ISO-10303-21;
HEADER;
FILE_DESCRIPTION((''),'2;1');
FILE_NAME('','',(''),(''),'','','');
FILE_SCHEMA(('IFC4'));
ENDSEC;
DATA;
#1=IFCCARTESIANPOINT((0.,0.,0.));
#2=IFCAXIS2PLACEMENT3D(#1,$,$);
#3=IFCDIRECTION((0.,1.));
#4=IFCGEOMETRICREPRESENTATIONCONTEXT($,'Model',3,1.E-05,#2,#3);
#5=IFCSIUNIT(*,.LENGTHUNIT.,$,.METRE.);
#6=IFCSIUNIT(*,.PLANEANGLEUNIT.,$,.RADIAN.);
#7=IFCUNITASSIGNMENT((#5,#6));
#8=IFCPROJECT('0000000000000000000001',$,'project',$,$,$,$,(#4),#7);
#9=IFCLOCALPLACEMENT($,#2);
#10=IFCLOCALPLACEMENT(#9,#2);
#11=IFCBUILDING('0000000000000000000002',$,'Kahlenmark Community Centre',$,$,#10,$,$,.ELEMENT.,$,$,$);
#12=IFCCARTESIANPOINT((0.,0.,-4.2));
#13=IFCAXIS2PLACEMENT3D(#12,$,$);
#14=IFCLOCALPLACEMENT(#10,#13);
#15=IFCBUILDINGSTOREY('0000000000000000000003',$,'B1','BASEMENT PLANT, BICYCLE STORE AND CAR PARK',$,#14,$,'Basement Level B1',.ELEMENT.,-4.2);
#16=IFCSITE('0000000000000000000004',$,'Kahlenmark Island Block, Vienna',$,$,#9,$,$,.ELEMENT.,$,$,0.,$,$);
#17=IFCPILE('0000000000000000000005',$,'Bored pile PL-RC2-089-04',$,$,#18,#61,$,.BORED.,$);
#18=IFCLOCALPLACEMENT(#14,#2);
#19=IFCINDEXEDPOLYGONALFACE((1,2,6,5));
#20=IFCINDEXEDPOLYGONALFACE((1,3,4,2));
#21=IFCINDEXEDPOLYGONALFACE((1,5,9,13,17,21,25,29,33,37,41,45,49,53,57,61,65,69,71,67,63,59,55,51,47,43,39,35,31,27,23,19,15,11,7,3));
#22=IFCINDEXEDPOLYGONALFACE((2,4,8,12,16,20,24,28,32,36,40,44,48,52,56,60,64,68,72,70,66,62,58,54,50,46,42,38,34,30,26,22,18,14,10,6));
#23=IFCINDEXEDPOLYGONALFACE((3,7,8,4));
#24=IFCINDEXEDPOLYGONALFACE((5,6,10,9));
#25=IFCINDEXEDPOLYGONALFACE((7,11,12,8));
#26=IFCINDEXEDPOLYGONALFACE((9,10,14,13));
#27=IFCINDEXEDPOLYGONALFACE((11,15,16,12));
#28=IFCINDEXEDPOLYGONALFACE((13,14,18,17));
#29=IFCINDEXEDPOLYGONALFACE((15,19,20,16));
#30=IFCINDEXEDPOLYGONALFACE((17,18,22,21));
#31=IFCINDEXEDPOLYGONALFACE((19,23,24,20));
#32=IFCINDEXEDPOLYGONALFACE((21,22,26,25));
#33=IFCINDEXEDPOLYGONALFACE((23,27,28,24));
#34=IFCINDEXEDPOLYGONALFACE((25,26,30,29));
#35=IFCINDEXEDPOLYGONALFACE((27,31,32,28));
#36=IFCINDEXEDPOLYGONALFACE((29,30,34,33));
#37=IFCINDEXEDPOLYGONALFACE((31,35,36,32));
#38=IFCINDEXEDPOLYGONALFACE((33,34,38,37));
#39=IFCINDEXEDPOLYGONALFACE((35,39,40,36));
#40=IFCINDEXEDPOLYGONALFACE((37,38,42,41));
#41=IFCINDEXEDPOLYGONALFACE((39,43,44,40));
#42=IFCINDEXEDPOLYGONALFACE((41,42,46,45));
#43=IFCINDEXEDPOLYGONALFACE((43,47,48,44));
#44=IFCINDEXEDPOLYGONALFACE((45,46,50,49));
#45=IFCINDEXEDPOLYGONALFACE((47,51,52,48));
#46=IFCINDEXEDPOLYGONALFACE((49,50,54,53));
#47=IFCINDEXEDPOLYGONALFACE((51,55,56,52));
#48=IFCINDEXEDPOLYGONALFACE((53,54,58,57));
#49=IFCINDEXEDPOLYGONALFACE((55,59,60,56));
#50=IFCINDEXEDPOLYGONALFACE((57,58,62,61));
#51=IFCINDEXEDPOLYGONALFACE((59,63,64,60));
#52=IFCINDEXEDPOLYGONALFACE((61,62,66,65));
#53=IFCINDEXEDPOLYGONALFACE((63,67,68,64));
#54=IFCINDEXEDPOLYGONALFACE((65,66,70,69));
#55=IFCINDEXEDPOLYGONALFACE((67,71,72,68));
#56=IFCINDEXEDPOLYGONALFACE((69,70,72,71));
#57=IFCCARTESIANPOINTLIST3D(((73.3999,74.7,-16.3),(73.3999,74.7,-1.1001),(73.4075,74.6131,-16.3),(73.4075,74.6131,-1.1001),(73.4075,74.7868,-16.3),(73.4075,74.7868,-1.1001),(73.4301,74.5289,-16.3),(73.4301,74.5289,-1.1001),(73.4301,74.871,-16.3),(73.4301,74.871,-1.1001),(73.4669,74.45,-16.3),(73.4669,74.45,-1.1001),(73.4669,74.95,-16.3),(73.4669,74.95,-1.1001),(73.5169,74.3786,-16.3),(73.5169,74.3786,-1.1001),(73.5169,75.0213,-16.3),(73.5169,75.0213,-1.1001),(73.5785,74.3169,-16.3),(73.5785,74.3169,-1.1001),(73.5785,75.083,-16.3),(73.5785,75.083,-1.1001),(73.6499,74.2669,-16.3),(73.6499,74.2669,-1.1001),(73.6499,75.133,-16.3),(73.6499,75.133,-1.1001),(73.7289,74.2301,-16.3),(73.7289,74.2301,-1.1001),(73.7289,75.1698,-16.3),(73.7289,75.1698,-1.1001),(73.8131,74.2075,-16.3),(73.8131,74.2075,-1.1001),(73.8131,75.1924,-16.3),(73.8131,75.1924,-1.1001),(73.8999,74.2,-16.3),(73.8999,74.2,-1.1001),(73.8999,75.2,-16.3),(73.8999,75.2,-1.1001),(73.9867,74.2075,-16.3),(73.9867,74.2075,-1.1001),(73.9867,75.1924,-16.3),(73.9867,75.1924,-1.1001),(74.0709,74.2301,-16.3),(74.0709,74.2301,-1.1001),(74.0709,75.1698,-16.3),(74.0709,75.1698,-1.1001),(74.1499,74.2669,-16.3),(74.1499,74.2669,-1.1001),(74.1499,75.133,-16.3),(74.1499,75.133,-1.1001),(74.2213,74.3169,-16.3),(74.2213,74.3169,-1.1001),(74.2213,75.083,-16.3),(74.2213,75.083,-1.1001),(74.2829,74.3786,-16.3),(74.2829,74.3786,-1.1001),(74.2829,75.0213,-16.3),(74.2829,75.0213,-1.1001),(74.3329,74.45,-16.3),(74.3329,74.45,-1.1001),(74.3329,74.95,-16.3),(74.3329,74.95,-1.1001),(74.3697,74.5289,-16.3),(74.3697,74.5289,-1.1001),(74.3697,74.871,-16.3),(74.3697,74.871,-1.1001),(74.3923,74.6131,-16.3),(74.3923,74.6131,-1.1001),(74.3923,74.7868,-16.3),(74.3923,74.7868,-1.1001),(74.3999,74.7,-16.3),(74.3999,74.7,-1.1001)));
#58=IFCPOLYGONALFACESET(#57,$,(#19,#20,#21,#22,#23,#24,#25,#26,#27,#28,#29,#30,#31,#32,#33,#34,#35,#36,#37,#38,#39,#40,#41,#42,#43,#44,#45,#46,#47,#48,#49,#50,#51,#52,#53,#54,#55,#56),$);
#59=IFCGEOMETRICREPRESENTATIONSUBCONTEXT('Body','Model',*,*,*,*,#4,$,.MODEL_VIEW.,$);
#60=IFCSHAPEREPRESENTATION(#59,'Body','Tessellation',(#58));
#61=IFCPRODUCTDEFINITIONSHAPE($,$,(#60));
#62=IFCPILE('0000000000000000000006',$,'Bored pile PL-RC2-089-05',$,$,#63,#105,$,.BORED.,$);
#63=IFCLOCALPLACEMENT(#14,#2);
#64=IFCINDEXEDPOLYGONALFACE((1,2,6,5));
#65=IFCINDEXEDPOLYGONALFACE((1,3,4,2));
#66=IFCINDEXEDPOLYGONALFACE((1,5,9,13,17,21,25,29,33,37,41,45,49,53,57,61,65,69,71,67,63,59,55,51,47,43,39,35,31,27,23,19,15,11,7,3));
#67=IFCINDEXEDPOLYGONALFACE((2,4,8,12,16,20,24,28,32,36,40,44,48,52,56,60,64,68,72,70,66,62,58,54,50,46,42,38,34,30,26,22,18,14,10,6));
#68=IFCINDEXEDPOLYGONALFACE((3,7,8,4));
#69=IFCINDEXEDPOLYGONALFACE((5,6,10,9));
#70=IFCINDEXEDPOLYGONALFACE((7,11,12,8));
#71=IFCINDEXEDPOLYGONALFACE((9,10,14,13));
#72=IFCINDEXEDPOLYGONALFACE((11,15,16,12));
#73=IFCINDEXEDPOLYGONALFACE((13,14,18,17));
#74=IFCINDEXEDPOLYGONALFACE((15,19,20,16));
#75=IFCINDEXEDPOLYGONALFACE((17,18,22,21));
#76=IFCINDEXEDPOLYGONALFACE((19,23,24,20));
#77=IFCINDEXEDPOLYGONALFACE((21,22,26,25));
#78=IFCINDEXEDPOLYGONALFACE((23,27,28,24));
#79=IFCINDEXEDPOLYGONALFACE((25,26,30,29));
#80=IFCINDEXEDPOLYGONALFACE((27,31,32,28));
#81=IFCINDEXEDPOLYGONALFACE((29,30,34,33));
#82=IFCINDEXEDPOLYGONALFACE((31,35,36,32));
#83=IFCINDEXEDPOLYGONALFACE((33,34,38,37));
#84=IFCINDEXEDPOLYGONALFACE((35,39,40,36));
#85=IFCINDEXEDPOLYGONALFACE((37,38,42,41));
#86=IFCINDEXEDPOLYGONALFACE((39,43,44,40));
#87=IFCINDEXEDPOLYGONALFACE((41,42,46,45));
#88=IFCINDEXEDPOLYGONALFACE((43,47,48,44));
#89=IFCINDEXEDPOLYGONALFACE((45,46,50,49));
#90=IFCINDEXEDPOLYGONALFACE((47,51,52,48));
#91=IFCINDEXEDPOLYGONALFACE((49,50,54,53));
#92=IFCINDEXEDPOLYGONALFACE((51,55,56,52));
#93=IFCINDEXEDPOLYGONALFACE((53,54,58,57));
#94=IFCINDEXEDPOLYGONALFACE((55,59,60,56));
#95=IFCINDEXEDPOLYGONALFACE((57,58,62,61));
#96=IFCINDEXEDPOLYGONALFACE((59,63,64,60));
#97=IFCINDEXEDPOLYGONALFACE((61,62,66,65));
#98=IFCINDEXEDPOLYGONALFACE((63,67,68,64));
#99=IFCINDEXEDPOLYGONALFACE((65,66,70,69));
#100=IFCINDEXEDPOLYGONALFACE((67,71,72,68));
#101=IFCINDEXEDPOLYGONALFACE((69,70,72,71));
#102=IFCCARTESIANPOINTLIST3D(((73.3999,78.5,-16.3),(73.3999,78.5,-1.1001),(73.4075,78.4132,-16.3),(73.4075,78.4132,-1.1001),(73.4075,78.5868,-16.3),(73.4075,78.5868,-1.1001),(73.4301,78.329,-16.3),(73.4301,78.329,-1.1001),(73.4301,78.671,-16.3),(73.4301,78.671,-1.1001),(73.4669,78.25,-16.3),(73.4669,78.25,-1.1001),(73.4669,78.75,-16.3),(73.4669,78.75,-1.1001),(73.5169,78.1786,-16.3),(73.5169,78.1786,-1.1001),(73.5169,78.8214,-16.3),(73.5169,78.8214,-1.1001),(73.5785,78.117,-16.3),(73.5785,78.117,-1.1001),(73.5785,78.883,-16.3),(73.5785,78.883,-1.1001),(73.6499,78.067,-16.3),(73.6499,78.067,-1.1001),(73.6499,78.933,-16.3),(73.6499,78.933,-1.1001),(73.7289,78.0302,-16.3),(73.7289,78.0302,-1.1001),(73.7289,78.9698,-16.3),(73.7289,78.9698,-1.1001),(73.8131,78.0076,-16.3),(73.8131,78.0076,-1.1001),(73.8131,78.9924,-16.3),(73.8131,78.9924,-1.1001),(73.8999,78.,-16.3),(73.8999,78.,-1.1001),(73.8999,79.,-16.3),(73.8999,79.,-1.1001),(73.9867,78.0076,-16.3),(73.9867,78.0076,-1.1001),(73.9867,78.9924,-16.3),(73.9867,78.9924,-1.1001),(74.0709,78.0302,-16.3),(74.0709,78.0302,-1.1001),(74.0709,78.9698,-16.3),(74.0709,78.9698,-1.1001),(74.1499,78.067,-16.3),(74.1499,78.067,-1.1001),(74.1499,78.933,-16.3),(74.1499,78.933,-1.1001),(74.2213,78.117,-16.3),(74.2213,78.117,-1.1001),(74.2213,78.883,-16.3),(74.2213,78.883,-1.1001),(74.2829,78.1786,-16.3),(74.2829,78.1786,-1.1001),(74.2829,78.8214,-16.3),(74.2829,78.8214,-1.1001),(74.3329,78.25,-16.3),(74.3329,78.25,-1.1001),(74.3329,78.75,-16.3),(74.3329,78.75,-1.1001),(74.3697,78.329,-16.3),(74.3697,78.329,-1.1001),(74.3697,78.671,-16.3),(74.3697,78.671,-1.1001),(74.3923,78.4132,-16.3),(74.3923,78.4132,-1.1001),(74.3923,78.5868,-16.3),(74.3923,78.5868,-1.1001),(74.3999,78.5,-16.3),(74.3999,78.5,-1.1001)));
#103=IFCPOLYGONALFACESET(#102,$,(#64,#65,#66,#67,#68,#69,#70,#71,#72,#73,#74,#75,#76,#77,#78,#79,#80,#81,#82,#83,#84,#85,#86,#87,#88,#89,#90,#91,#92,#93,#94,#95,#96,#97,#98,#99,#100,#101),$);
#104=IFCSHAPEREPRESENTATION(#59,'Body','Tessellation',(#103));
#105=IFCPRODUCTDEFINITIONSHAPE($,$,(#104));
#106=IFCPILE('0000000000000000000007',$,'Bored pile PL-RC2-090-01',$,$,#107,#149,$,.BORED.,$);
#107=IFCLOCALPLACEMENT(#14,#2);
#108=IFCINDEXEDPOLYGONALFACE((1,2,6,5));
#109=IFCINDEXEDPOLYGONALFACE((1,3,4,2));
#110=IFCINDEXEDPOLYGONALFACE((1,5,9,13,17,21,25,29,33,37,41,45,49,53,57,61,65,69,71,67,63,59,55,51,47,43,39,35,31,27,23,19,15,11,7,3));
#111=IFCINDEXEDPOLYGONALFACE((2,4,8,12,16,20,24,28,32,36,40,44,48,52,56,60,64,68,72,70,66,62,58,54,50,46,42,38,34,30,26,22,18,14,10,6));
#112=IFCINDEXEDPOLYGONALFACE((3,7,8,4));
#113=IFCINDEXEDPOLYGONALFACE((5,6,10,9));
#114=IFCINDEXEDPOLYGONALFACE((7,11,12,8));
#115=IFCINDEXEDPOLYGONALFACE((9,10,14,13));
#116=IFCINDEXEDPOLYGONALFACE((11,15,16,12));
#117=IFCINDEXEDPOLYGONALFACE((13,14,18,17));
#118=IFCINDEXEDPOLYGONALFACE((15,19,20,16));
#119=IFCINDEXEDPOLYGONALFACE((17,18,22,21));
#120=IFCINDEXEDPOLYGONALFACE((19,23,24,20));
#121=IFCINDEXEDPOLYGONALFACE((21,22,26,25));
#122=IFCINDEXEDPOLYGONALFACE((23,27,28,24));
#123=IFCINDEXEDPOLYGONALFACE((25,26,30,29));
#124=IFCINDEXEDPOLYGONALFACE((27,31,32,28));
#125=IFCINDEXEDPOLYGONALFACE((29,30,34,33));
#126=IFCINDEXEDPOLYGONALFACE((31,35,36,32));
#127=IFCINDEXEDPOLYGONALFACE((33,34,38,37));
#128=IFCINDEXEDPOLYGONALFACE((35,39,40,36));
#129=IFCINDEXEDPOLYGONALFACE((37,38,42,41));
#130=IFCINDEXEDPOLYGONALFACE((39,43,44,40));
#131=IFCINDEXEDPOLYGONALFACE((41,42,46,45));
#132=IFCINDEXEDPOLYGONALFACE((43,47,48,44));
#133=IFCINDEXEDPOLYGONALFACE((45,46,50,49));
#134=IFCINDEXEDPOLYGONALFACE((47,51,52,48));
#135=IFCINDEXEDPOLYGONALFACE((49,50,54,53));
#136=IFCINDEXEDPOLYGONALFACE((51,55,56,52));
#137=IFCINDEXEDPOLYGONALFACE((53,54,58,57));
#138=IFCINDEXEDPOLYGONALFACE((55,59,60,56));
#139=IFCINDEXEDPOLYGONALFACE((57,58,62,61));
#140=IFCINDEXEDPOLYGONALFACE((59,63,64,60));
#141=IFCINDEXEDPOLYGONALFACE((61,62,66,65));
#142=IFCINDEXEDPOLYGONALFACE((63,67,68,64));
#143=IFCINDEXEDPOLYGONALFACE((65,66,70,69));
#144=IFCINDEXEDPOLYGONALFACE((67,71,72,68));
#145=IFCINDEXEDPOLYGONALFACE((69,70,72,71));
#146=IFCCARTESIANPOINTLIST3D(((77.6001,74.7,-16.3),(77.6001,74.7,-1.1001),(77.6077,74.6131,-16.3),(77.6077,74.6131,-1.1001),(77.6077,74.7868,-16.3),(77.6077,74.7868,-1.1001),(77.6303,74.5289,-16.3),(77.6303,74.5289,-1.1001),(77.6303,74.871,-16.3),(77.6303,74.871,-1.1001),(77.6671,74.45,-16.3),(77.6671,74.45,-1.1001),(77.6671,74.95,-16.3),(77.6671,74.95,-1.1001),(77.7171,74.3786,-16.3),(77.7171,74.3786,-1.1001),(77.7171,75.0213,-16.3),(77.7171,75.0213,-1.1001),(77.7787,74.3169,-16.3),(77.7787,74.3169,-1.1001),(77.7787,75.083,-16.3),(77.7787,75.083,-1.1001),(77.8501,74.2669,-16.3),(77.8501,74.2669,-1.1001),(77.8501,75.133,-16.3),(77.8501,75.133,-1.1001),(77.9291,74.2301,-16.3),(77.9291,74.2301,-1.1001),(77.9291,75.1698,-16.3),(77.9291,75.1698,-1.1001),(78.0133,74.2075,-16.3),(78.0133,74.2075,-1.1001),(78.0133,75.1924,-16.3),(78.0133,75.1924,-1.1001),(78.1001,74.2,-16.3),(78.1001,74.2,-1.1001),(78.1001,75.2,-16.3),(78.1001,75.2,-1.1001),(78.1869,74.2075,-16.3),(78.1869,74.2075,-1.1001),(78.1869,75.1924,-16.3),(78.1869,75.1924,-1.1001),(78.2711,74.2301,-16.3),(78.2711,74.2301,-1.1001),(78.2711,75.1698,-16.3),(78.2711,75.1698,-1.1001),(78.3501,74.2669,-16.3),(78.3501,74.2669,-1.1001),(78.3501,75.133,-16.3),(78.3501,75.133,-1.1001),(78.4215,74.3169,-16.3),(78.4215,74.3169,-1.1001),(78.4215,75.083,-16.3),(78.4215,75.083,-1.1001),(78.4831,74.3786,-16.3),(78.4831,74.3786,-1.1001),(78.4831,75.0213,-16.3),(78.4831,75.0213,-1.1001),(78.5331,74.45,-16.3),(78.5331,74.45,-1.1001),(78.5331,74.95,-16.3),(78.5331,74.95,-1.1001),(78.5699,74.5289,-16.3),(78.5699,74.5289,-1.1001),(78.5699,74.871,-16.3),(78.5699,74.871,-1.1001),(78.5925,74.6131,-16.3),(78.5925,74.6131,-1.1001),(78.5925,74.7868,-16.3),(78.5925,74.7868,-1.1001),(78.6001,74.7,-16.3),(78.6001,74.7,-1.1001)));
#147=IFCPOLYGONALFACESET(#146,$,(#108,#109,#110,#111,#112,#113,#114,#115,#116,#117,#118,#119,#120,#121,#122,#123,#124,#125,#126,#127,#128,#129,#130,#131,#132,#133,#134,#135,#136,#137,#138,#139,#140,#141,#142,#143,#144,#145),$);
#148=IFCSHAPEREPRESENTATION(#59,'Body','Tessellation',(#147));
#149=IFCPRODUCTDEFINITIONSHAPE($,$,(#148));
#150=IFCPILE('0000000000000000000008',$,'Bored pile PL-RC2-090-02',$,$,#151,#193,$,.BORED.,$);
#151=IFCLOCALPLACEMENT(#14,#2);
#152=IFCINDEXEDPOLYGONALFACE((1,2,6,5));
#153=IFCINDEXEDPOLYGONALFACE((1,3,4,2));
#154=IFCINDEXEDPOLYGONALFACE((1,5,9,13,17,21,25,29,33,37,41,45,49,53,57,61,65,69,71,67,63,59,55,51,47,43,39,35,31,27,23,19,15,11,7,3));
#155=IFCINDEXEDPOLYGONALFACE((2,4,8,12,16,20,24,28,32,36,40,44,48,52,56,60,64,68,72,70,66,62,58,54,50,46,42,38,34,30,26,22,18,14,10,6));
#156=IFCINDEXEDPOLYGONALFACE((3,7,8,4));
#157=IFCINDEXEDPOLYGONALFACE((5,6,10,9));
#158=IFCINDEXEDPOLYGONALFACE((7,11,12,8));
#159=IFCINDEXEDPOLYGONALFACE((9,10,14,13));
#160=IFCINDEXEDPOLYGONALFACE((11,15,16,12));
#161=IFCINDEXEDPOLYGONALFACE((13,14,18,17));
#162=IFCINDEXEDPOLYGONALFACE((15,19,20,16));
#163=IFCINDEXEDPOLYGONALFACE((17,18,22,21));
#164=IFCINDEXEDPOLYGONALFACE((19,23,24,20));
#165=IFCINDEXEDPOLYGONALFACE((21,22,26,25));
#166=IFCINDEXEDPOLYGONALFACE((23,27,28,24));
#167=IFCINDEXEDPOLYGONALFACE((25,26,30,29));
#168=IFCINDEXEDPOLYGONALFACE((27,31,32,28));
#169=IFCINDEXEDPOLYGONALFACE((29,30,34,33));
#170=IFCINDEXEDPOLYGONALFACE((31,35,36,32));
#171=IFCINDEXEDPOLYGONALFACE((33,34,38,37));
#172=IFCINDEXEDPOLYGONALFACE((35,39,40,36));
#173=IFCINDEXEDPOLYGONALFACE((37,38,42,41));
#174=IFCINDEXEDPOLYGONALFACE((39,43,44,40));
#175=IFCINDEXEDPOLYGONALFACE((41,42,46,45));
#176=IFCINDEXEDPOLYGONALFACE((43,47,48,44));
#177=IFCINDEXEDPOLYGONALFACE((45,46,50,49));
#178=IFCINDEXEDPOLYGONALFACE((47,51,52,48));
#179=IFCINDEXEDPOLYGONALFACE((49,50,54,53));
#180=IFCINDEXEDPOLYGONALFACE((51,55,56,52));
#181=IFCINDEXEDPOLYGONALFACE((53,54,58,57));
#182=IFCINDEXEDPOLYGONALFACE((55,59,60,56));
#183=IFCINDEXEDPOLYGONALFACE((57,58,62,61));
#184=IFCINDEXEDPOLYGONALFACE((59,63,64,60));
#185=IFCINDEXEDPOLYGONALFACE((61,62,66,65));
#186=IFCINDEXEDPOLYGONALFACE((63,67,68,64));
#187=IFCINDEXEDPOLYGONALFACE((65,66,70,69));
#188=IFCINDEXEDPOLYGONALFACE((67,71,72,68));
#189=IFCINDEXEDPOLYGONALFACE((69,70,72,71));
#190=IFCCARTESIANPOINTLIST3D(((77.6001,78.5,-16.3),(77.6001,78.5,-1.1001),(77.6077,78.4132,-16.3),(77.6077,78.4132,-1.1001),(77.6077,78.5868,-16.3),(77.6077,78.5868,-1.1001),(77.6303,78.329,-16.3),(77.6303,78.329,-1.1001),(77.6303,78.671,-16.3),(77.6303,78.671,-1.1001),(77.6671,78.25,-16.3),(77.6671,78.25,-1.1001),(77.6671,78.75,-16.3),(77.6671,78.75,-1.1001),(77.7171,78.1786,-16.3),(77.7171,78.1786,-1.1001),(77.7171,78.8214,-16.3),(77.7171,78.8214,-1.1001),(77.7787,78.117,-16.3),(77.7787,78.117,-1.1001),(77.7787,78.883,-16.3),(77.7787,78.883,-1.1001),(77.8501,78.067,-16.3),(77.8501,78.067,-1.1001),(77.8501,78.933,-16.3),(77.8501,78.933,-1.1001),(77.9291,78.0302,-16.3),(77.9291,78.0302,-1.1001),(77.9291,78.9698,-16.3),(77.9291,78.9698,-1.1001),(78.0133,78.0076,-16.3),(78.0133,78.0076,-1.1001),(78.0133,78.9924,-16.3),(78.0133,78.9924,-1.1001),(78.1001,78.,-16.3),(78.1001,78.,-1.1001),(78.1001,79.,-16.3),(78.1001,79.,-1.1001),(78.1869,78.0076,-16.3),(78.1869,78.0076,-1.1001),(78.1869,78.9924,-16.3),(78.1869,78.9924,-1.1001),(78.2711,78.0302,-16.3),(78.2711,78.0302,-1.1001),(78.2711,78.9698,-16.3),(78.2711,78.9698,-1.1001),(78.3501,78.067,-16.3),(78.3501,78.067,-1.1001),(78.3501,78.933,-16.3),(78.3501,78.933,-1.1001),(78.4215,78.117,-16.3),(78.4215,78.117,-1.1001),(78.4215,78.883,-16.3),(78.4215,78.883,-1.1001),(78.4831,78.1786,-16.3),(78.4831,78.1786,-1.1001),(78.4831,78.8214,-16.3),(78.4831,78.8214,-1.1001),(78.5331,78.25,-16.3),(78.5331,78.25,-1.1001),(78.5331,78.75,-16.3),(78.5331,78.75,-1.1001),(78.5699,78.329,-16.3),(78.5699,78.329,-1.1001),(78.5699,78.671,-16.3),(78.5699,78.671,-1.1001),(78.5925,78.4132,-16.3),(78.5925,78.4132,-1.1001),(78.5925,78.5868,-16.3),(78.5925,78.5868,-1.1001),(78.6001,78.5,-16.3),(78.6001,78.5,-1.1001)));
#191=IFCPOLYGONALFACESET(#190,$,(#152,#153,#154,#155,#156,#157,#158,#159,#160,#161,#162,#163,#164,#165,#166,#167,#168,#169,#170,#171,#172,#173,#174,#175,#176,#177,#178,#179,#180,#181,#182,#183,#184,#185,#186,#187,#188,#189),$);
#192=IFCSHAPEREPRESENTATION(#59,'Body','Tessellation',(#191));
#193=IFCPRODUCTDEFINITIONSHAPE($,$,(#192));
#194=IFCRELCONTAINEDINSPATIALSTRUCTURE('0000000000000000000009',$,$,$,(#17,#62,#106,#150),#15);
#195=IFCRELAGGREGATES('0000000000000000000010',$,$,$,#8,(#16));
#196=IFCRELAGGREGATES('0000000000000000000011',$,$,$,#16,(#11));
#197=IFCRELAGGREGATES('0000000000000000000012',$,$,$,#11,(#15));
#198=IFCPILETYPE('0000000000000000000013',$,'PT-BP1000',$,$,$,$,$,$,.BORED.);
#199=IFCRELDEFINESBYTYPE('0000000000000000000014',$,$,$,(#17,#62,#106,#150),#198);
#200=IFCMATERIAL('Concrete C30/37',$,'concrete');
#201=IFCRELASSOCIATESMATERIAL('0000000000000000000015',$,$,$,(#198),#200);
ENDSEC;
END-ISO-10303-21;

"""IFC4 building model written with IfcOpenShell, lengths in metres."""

from ifc_helpers import new_model, si_unit, direction, frame, origin, origin_2d, place, context, subcontext, project, spatial, circle, extrude, material, material_profile, profile_set, type_object, element, save


model = new_model("IFC4")

# Units and contexts
model_context = context("Model", 3, precision=1e-05, world=origin(), true_north=direction((0.0, 1.0)))
body_context = subcontext(model_context, "Body", "Model", "MODEL_VIEW")
ifc_project = project(units=[si_unit("LENGTHUNIT", "METRE"), si_unit("PLANEANGLEUNIT", "RADIAN")], contexts=[model_context])

# Site, building, storey
site_placement = place(None, origin())
site = spatial("IfcSite", under=ifc_project, at=site_placement, Name="Kahlenmark Island Block, Vienna", CompositionType="ELEMENT", RefElevation=0.0)
building_placement = place(site_placement, origin())
building = spatial("IfcBuilding", under=site, at=building_placement, Name="Kahlenmark Community Centre", CompositionType="ELEMENT")
storey_placement = place(building_placement, frame((0.0, 0.0, -4.2)))
storey = spatial("IfcBuildingStorey", under=building, at=storey_placement, Name="B1", Description="BASEMENT PLANT, BICYCLE STORE AND CAR PARK", LongName="Basement Level B1", CompositionType="ELEMENT", Elevation=-4.2)

# Shared definitions
ifc_material_1 = material(Name="Concrete C30/37", Category="concrete")

# Piles
ifc_material_profile_1 = material_profile(ifc_material_1, circle(Radius=0.5, at=origin_2d()), Name="BORED PILE 1000")
ifc_profile_set_1 = profile_set([ifc_material_profile_1], Name="Concrete C30/37")
pile_type_1 = type_object("IfcPileType", Name="PT-BP1000", PredefinedType="BORED", material=ifc_profile_set_1)
for number, where, z_axis, x_axis, name in (
    (1, (73.8999, 74.7, -1.1001), (0.0, 0.0, -1.0), (1.0, 0.0, 0.0), "Bored pile PL-RC2-089-04"),
    (2, (73.8999, 78.5, -1.1001), (0.0, 0.0, -1.0), (1.0, 0.0, 0.0), "Bored pile PL-RC2-089-05"),
    (3, (78.1001, 74.7, -1.1001), (0.0, 0.0, -1.0), (1.0, 0.0, 0.0), "Bored pile PL-RC2-090-01"),
    (4, (78.1001, 78.5, -1.1001), (0.0, 0.0, -1.0), (1.0, 0.0, 0.0), "Bored pile PL-RC2-090-02"),
):
    element("IfcPile", number, at=place(storey_placement, frame(where, z_axis=z_axis, x_axis=x_axis)), inside=storey, type_object=pile_type_1, Name=name, PredefinedType="BORED", context=body_context, shape_type="SweptSolid", body=[
        extrude(circle(Radius=0.5, at=origin_2d()), origin(), (0.0, 0.0, 1.0), 15.2),
    ])

save(model, "model.ifc")
